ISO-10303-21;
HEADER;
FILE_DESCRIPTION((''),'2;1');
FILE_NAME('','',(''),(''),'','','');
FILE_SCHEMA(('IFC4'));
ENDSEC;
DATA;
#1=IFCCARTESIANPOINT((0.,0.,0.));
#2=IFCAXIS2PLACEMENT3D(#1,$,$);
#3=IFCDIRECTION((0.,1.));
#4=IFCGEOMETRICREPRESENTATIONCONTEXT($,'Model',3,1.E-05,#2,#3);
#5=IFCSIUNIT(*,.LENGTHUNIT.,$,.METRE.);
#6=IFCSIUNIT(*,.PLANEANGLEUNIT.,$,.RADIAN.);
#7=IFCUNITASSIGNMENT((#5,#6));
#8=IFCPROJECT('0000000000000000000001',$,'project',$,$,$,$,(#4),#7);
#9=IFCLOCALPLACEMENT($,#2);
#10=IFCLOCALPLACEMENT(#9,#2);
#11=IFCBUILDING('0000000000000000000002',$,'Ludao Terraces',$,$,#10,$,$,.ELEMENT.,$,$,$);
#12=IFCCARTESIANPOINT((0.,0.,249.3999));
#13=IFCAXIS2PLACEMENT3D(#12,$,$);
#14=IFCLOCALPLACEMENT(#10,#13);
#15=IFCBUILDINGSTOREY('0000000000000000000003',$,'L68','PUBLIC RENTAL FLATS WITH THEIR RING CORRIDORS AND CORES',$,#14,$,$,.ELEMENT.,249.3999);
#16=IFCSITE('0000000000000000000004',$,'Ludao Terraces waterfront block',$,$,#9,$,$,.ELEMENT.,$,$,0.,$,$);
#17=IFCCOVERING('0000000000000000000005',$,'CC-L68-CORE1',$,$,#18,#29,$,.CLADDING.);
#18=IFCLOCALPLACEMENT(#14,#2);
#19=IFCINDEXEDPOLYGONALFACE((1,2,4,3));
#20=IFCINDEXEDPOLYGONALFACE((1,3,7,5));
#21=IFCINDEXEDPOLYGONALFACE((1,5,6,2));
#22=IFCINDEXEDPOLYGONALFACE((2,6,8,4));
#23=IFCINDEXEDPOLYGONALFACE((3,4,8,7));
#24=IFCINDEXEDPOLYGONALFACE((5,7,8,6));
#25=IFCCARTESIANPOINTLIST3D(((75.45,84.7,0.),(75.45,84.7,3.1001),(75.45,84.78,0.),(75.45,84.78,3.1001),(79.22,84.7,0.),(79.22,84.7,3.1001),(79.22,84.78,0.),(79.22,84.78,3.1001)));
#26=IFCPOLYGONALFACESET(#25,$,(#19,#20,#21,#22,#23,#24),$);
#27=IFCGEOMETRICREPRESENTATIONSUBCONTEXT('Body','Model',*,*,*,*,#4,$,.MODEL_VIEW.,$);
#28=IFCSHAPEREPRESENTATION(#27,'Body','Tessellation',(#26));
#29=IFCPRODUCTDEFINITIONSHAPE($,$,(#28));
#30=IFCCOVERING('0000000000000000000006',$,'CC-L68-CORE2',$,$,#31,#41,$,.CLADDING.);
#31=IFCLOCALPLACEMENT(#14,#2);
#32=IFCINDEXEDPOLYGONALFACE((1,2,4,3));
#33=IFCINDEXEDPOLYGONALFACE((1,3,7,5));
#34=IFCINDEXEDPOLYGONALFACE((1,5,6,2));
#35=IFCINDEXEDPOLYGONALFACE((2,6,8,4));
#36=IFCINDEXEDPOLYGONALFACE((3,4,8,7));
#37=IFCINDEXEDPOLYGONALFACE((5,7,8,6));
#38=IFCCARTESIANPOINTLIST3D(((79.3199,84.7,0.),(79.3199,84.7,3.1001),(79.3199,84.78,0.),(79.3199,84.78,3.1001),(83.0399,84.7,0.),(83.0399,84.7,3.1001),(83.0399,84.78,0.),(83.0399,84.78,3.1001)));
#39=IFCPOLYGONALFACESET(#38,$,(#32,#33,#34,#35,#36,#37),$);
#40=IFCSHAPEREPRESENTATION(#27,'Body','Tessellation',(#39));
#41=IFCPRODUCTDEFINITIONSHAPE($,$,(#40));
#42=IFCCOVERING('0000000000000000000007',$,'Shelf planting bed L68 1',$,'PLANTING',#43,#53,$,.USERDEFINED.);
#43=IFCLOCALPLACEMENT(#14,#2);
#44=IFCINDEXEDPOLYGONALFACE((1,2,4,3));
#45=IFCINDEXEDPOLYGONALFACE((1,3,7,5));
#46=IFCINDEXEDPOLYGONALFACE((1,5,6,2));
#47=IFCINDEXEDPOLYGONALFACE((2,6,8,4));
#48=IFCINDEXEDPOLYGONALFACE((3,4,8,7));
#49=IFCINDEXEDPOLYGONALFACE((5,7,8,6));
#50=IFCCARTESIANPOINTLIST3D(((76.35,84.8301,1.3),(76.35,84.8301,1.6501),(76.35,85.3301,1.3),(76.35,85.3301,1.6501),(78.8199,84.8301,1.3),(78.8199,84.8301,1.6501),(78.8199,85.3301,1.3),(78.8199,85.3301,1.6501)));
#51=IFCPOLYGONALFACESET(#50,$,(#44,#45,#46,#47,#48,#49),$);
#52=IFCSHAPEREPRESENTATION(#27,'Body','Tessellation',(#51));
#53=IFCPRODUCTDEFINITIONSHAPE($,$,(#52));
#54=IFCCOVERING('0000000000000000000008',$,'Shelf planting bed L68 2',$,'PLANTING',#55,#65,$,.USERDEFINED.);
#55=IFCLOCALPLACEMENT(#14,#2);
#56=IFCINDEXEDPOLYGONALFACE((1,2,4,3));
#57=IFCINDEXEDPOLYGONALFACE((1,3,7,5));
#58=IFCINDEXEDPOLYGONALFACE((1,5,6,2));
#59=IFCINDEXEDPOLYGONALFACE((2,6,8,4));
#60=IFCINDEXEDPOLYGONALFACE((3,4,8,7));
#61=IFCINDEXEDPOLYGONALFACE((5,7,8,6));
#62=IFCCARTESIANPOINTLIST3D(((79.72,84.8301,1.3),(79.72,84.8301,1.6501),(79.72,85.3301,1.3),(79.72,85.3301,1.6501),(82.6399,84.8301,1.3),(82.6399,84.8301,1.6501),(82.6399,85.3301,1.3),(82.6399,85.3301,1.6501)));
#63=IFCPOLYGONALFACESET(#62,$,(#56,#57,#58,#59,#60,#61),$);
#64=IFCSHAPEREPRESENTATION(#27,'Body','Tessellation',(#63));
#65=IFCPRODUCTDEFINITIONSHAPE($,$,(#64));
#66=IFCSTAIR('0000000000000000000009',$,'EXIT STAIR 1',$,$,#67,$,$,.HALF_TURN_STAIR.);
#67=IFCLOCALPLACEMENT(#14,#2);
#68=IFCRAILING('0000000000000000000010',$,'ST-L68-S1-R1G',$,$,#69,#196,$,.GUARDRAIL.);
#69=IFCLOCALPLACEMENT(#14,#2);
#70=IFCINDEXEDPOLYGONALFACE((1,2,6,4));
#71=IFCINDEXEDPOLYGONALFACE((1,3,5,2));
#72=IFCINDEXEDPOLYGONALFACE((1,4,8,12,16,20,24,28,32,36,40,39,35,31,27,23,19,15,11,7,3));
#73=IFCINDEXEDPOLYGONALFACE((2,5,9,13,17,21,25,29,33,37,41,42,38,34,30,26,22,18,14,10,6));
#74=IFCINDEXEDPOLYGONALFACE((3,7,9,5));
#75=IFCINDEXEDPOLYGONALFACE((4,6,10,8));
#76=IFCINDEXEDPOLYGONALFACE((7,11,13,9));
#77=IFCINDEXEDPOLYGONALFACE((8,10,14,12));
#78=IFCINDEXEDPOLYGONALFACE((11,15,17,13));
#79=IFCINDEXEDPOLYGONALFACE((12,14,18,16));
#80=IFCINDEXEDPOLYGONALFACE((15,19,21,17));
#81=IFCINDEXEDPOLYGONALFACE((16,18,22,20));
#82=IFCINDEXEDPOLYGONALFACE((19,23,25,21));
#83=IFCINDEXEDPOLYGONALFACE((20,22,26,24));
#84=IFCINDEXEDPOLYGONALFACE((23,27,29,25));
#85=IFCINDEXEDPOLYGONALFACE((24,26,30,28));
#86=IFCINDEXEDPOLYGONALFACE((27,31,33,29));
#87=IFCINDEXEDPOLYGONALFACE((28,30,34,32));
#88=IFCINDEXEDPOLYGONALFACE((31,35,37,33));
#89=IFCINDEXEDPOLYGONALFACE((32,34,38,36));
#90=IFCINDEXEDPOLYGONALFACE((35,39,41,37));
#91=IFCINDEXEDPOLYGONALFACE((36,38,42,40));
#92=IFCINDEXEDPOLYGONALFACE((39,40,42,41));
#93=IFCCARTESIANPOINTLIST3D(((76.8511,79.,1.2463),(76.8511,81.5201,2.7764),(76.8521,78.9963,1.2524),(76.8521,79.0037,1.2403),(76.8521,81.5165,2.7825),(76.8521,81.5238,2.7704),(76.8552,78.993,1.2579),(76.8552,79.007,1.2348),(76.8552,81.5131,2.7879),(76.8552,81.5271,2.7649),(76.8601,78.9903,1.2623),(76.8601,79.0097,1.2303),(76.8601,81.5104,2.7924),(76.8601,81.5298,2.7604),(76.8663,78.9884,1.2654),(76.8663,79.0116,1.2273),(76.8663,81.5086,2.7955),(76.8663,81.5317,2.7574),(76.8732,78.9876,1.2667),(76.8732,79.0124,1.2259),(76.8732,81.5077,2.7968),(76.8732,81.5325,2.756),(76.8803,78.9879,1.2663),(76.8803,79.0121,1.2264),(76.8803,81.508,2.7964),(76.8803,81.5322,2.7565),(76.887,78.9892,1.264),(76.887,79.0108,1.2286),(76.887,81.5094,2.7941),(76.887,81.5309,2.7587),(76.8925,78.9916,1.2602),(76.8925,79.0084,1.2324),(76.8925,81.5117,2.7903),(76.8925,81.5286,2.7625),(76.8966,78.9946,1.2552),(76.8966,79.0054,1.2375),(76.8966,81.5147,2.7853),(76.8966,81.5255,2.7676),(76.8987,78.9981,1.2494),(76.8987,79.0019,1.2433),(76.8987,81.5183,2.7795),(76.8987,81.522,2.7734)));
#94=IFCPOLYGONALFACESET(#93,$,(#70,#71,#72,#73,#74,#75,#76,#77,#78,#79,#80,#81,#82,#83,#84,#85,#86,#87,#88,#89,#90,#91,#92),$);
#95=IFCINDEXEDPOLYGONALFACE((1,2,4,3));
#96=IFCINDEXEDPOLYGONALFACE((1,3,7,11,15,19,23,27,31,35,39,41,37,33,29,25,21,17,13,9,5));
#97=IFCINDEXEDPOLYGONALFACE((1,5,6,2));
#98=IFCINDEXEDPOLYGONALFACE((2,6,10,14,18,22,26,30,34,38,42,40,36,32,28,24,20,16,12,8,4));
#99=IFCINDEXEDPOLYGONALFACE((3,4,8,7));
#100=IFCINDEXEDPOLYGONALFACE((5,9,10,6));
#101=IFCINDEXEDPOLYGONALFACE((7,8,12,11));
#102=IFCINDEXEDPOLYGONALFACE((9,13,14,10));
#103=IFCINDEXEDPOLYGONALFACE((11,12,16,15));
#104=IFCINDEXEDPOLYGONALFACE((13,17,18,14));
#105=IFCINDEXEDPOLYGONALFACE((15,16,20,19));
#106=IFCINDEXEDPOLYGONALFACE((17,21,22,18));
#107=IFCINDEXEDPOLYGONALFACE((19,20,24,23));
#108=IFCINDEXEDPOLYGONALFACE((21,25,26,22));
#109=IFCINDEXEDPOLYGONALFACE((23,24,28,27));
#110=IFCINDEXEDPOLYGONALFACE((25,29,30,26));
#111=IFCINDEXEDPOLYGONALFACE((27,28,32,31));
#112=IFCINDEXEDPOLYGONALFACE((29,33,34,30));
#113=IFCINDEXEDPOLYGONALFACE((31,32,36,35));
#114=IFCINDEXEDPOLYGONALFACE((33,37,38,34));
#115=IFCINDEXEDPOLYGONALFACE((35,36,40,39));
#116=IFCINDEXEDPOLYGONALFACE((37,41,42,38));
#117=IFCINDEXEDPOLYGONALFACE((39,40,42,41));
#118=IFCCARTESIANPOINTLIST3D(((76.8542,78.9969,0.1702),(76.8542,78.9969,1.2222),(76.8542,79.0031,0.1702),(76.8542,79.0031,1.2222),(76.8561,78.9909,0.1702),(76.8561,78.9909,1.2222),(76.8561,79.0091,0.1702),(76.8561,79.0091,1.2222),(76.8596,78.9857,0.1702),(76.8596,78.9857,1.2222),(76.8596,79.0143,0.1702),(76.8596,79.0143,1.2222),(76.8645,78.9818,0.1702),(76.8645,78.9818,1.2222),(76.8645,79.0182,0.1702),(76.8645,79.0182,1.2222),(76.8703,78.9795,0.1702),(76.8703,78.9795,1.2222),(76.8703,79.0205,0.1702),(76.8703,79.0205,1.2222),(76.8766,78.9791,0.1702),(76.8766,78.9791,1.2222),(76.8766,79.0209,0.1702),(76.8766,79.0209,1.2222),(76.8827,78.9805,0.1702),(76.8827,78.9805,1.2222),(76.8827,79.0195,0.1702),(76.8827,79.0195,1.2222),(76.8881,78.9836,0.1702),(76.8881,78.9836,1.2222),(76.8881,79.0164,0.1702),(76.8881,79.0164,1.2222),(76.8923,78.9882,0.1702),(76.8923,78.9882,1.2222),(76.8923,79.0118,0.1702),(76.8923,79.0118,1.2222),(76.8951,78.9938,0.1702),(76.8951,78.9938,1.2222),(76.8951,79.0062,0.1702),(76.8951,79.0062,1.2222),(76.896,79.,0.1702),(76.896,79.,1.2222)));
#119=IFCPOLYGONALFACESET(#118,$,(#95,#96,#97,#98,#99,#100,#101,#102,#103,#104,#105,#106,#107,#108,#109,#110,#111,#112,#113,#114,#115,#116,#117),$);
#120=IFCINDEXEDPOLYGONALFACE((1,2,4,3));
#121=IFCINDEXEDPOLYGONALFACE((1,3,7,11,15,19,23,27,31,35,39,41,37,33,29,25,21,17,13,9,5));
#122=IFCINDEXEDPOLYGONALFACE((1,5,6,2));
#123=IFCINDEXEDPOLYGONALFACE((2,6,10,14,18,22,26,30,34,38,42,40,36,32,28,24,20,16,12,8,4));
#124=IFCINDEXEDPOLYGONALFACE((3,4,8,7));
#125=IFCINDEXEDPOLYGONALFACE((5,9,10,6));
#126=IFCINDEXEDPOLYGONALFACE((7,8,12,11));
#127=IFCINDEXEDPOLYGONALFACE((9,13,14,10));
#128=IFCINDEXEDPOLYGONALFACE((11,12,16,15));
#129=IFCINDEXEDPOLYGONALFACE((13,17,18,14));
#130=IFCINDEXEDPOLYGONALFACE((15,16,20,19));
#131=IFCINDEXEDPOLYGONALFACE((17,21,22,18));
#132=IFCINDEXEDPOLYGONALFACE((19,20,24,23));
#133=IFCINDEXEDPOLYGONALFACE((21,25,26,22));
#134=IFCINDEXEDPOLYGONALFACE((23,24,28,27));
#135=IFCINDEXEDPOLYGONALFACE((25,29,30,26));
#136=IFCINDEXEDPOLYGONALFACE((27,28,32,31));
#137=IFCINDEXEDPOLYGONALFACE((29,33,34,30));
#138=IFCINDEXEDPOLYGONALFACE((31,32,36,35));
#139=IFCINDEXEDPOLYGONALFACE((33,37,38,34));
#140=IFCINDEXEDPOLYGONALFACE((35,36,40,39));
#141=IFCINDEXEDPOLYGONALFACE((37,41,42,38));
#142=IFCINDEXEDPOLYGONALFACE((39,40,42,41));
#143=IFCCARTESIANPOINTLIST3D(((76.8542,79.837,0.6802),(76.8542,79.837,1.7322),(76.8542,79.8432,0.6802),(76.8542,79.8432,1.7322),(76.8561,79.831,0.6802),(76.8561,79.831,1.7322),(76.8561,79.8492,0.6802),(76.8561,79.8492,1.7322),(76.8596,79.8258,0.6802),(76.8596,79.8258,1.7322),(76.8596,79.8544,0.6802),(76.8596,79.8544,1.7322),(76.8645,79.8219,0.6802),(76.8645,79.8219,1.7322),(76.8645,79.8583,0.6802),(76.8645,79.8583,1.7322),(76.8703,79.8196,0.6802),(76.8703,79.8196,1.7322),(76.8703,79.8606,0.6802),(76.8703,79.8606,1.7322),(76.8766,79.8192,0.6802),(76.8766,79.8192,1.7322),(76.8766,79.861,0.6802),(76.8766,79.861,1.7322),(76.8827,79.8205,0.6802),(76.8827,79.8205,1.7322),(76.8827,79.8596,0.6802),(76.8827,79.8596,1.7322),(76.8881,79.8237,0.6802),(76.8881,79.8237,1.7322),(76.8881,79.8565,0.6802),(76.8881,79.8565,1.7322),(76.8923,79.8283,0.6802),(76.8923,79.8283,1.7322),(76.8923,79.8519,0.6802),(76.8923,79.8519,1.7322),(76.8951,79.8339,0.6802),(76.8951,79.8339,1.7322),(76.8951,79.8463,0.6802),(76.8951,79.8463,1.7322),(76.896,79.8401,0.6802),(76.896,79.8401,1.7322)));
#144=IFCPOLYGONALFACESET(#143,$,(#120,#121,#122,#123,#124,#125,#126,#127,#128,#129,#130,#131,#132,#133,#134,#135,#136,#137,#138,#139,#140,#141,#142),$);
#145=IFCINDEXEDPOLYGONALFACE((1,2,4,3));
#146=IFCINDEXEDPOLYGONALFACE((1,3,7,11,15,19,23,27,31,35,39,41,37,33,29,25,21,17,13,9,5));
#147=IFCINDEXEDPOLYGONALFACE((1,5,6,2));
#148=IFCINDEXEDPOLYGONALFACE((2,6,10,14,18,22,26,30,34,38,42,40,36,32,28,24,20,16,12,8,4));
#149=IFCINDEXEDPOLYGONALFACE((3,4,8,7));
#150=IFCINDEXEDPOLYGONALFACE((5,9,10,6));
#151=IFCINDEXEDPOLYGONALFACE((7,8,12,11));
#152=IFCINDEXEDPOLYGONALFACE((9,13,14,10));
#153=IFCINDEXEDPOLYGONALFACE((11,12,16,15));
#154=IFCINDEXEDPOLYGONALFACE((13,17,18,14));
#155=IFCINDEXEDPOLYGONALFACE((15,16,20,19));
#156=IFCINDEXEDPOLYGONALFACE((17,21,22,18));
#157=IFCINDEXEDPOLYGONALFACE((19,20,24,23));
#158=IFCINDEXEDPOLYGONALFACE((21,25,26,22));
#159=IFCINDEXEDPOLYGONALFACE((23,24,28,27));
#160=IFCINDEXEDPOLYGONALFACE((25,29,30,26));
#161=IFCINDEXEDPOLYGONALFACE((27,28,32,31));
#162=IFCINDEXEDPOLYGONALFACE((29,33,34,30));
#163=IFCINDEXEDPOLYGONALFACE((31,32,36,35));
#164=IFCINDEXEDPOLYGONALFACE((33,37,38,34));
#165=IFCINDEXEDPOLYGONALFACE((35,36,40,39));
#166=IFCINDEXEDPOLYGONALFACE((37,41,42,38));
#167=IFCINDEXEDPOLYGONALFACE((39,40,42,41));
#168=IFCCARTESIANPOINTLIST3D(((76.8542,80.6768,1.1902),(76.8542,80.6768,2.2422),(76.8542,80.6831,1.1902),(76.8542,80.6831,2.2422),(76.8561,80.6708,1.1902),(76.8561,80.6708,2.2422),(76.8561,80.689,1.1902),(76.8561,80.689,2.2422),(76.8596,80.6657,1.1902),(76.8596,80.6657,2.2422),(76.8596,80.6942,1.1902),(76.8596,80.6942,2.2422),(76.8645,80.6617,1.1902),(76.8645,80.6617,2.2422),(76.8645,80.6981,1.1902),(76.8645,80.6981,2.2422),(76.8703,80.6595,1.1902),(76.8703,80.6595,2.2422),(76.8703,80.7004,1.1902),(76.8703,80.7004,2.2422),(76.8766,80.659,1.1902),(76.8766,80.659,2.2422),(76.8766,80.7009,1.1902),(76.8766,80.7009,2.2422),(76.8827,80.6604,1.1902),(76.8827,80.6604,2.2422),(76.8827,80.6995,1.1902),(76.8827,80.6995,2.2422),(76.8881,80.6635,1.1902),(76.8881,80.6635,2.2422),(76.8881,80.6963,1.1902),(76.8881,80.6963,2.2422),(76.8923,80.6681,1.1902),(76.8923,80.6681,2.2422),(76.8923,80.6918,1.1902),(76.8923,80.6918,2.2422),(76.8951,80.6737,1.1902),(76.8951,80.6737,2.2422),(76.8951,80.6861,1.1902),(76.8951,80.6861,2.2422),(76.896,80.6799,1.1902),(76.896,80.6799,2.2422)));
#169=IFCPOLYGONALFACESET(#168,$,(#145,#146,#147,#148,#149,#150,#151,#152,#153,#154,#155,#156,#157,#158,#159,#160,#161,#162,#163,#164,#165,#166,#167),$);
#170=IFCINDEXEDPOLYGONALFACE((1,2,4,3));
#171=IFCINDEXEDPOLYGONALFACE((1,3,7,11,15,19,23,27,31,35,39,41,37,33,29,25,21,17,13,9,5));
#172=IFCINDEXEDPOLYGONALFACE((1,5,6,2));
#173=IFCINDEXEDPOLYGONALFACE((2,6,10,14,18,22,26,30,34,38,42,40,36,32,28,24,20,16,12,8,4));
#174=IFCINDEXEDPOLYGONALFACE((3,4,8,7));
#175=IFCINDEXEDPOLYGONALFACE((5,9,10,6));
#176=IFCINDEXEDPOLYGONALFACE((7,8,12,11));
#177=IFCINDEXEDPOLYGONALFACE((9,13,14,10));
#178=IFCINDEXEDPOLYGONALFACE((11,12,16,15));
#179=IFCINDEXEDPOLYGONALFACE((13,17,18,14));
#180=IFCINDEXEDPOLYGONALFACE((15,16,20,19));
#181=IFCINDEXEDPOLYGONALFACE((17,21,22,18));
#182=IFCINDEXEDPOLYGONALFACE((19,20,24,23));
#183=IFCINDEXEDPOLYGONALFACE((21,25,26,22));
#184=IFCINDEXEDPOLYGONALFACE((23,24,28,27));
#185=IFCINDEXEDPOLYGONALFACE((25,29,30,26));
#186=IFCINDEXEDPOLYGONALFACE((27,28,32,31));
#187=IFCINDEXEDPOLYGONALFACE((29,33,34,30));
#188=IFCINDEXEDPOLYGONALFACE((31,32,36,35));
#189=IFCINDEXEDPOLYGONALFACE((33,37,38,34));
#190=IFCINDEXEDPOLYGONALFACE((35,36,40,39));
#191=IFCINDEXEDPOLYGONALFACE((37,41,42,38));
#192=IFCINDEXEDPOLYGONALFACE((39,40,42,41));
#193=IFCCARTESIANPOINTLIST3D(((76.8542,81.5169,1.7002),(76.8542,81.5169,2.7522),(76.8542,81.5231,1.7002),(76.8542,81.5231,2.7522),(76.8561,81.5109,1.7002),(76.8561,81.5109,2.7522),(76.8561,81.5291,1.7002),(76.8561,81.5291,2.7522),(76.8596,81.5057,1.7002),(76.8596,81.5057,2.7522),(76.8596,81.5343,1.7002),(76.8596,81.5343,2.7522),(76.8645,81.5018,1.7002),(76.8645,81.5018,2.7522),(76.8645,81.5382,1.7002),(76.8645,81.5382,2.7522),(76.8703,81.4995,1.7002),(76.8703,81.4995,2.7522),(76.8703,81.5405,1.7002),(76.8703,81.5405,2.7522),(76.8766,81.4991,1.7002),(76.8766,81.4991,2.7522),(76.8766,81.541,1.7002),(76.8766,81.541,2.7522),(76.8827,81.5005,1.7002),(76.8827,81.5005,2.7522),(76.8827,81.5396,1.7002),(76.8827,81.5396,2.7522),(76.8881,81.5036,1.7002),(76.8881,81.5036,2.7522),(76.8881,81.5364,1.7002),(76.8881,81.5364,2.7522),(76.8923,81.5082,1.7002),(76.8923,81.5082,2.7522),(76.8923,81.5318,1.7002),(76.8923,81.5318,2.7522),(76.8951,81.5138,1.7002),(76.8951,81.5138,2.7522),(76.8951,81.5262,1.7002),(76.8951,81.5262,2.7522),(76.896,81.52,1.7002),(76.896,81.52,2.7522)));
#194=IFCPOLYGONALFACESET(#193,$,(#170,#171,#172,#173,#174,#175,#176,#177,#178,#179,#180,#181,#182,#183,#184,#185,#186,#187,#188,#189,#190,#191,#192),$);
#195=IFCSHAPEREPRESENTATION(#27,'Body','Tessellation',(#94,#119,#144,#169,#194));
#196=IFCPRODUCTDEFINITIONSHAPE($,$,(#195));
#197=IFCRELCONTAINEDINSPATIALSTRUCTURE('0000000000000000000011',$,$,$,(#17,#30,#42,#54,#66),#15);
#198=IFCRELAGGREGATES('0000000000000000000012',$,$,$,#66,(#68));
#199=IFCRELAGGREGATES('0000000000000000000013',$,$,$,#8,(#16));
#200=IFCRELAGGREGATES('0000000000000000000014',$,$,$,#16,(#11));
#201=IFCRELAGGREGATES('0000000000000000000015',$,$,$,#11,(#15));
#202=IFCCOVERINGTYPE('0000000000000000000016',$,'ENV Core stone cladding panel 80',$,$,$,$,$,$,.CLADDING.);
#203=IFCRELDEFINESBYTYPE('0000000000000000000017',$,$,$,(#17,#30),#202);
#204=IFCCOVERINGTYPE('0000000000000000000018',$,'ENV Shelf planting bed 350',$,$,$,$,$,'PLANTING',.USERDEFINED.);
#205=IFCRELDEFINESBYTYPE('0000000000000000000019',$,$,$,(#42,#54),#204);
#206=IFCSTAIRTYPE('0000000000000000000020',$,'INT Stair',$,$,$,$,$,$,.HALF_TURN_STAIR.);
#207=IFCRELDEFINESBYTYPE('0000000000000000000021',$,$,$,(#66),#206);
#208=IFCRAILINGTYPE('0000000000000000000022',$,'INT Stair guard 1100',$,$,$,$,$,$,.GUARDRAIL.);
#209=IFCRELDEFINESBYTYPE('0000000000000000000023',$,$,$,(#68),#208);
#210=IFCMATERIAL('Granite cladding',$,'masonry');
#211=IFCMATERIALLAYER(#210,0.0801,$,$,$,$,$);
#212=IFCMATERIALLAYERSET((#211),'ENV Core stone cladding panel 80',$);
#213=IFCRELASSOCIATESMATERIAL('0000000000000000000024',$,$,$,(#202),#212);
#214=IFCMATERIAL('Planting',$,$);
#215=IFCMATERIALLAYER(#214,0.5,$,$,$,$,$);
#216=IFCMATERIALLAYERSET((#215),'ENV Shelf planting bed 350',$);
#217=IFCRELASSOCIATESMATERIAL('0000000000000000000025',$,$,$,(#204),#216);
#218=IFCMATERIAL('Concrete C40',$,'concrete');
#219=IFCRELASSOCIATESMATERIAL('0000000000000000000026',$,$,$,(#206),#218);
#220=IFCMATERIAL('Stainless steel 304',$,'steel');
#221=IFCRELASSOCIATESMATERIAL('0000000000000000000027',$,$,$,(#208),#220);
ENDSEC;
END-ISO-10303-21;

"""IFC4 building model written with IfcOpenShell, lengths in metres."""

from ifc_helpers import new_model, si_unit, direction, frame, origin, origin_2d, place, context, subcontext, project, spatial, rectangle, circle, extrude, material, layer, layer_set, type_object, element, aggregate, save


model = new_model("IFC4")

# Units and contexts
model_context = context("Model", 3, precision=1e-05, world=origin(), true_north=direction((0.0, 1.0)))
body_context = subcontext(model_context, "Body", "Model", "MODEL_VIEW")
ifc_project = project(units=[si_unit("LENGTHUNIT", "METRE"), si_unit("PLANEANGLEUNIT", "RADIAN")], contexts=[model_context])

# Site, building, storey
site_placement = place(None, origin())
site = spatial("IfcSite", under=ifc_project, at=site_placement, Name="Ludao Terraces waterfront block", CompositionType="ELEMENT", RefElevation=0.0)
building_placement = place(site_placement, origin())
building = spatial("IfcBuilding", under=site, at=building_placement, Name="Ludao Terraces", CompositionType="ELEMENT")
storey_placement = place(building_placement, frame((0.0, 0.0, 249.3999)))
storey = spatial("IfcBuildingStorey", under=building, at=storey_placement, Name="L68", Description="PUBLIC RENTAL FLATS WITH THEIR RING CORRIDORS AND CORES", CompositionType="ELEMENT", Elevation=249.3999)

# Shared definitions
ifc_material_1 = material(Name="Stainless steel 304", Category="steel")

# Coverings
ifc_material_2 = material(Name="Granite cladding", Category="masonry")
ifc_layer_1 = layer(ifc_material_2, 0.0801)
ifc_layer_set_1 = layer_set([ifc_layer_1], Name="ENV Core stone cladding panel 80")
covering_type_1 = type_object("IfcCoveringType", Name="ENV Core stone cladding panel 80", PredefinedType="CLADDING", material=ifc_layer_set_1)
covering_1_placement = place(storey_placement, frame((77.335, 84.74, 0.0), z_axis=(0.0, 0.0, 1.0), x_axis=(1.0, 0.0, 0.0)))
element("IfcCovering", 1, at=covering_1_placement, inside=storey, type_object=covering_type_1, Name="CC-L68-CORE1", PredefinedType="CLADDING", context=body_context, shape_type="SweptSolid", body=[
    extrude(rectangle(XDim=3.77, YDim=0.0801, at=origin_2d()), origin(), (0.0, 0.0, 1.0), 3.1001),
])
covering_2_placement = place(storey_placement, frame((81.1799, 84.74, 0.0), z_axis=(0.0, 0.0, 1.0), x_axis=(1.0, 0.0, 0.0)))
element("IfcCovering", 2, at=covering_2_placement, inside=storey, type_object=covering_type_1, Name="CC-L68-CORE2", PredefinedType="CLADDING", context=body_context, shape_type="SweptSolid", body=[
    extrude(rectangle(XDim=3.72, YDim=0.0801, at=origin_2d()), origin(), (0.0, 0.0, 1.0), 3.1001),
])
ifc_material_3 = material(Name="Planting")
ifc_layer_2 = layer(ifc_material_3, 0.5)
ifc_layer_set_2 = layer_set([ifc_layer_2], Name="ENV Shelf planting bed 350")
covering_type_2 = type_object("IfcCoveringType", Name="ENV Shelf planting bed 350", ElementType="PLANTING", PredefinedType="USERDEFINED", material=ifc_layer_set_2)
covering_3_placement = place(storey_placement, frame((77.585, 85.0801, 1.3), z_axis=(0.0, 0.0, 1.0), x_axis=(1.0, 0.0, 0.0)))
element("IfcCovering", 3, at=covering_3_placement, inside=storey, type_object=covering_type_2, Name="Shelf planting bed L68 1", ObjectType="PLANTING", PredefinedType="USERDEFINED", context=body_context, shape_type="SweptSolid", body=[
    extrude(rectangle(XDim=2.47, YDim=0.5, at=origin_2d()), origin(), (0.0, 0.0, 1.0), 0.3501),
])
covering_4_placement = place(storey_placement, frame((81.1799, 85.0801, 1.3), z_axis=(0.0, 0.0, 1.0), x_axis=(1.0, 0.0, 0.0)))
element("IfcCovering", 4, at=covering_4_placement, inside=storey, type_object=covering_type_2, Name="Shelf planting bed L68 2", ObjectType="PLANTING", PredefinedType="USERDEFINED", context=body_context, shape_type="SweptSolid", body=[
    extrude(rectangle(XDim=2.9199, YDim=0.5, at=origin_2d()), origin(), (0.0, 0.0, 1.0), 0.3501),
])

# Stair, railing
ifc_material_4 = material(Name="Concrete C40", Category="concrete")
stair_type = type_object("IfcStairType", Name="INT Stair", PredefinedType="HALF_TURN_STAIR", material=ifc_material_4)
stair_placement = place(storey_placement, origin())
stair = element("IfcStair", 5, at=stair_placement, inside=storey, type_object=stair_type, Name="EXIT STAIR 1", PredefinedType="HALF_TURN_STAIR")
railing_type_1 = type_object("IfcRailingType", Name="INT Stair guard 1100", PredefinedType="GUARDRAIL", material=ifc_material_1)
railing_1_placement = place(storey_placement, frame((76.875, 79.0, 0.1702)))
railing_1 = element("IfcRailing", 6, at=railing_1_placement, type_object=railing_type_1, Name="ST-L68-S1-R1G", PredefinedType="GUARDRAIL", context=body_context, shape_type="SweptSolid", body=[
    extrude(circle(Radius=0.0239, at=origin_2d()), frame((0.0, 0.0, 1.0762), z_axis=(0.0, 0.854785, 0.518982), x_axis=(-1.0, 0.0, 0.0)), (0.0, 0.0, 1.0), 2.9482),
    extrude(circle(Radius=0.021, at=origin_2d()), origin(), (0.0, 0.0, 1.0), 1.052),
    extrude(circle(Radius=0.021, at=origin_2d()), frame((0.0, 0.8401, 0.51)), (0.0, 0.0, 1.0), 1.052),
    extrude(circle(Radius=0.021, at=origin_2d()), frame((0.0, 1.6799, 1.02)), (0.0, 0.0, 1.0), 1.052),
    extrude(circle(Radius=0.021, at=origin_2d()), frame((0.0, 2.52, 1.53)), (0.0, 0.0, 1.0), 1.052),
])
aggregate(stair, [railing_1])

save(model, "model.ifc")
